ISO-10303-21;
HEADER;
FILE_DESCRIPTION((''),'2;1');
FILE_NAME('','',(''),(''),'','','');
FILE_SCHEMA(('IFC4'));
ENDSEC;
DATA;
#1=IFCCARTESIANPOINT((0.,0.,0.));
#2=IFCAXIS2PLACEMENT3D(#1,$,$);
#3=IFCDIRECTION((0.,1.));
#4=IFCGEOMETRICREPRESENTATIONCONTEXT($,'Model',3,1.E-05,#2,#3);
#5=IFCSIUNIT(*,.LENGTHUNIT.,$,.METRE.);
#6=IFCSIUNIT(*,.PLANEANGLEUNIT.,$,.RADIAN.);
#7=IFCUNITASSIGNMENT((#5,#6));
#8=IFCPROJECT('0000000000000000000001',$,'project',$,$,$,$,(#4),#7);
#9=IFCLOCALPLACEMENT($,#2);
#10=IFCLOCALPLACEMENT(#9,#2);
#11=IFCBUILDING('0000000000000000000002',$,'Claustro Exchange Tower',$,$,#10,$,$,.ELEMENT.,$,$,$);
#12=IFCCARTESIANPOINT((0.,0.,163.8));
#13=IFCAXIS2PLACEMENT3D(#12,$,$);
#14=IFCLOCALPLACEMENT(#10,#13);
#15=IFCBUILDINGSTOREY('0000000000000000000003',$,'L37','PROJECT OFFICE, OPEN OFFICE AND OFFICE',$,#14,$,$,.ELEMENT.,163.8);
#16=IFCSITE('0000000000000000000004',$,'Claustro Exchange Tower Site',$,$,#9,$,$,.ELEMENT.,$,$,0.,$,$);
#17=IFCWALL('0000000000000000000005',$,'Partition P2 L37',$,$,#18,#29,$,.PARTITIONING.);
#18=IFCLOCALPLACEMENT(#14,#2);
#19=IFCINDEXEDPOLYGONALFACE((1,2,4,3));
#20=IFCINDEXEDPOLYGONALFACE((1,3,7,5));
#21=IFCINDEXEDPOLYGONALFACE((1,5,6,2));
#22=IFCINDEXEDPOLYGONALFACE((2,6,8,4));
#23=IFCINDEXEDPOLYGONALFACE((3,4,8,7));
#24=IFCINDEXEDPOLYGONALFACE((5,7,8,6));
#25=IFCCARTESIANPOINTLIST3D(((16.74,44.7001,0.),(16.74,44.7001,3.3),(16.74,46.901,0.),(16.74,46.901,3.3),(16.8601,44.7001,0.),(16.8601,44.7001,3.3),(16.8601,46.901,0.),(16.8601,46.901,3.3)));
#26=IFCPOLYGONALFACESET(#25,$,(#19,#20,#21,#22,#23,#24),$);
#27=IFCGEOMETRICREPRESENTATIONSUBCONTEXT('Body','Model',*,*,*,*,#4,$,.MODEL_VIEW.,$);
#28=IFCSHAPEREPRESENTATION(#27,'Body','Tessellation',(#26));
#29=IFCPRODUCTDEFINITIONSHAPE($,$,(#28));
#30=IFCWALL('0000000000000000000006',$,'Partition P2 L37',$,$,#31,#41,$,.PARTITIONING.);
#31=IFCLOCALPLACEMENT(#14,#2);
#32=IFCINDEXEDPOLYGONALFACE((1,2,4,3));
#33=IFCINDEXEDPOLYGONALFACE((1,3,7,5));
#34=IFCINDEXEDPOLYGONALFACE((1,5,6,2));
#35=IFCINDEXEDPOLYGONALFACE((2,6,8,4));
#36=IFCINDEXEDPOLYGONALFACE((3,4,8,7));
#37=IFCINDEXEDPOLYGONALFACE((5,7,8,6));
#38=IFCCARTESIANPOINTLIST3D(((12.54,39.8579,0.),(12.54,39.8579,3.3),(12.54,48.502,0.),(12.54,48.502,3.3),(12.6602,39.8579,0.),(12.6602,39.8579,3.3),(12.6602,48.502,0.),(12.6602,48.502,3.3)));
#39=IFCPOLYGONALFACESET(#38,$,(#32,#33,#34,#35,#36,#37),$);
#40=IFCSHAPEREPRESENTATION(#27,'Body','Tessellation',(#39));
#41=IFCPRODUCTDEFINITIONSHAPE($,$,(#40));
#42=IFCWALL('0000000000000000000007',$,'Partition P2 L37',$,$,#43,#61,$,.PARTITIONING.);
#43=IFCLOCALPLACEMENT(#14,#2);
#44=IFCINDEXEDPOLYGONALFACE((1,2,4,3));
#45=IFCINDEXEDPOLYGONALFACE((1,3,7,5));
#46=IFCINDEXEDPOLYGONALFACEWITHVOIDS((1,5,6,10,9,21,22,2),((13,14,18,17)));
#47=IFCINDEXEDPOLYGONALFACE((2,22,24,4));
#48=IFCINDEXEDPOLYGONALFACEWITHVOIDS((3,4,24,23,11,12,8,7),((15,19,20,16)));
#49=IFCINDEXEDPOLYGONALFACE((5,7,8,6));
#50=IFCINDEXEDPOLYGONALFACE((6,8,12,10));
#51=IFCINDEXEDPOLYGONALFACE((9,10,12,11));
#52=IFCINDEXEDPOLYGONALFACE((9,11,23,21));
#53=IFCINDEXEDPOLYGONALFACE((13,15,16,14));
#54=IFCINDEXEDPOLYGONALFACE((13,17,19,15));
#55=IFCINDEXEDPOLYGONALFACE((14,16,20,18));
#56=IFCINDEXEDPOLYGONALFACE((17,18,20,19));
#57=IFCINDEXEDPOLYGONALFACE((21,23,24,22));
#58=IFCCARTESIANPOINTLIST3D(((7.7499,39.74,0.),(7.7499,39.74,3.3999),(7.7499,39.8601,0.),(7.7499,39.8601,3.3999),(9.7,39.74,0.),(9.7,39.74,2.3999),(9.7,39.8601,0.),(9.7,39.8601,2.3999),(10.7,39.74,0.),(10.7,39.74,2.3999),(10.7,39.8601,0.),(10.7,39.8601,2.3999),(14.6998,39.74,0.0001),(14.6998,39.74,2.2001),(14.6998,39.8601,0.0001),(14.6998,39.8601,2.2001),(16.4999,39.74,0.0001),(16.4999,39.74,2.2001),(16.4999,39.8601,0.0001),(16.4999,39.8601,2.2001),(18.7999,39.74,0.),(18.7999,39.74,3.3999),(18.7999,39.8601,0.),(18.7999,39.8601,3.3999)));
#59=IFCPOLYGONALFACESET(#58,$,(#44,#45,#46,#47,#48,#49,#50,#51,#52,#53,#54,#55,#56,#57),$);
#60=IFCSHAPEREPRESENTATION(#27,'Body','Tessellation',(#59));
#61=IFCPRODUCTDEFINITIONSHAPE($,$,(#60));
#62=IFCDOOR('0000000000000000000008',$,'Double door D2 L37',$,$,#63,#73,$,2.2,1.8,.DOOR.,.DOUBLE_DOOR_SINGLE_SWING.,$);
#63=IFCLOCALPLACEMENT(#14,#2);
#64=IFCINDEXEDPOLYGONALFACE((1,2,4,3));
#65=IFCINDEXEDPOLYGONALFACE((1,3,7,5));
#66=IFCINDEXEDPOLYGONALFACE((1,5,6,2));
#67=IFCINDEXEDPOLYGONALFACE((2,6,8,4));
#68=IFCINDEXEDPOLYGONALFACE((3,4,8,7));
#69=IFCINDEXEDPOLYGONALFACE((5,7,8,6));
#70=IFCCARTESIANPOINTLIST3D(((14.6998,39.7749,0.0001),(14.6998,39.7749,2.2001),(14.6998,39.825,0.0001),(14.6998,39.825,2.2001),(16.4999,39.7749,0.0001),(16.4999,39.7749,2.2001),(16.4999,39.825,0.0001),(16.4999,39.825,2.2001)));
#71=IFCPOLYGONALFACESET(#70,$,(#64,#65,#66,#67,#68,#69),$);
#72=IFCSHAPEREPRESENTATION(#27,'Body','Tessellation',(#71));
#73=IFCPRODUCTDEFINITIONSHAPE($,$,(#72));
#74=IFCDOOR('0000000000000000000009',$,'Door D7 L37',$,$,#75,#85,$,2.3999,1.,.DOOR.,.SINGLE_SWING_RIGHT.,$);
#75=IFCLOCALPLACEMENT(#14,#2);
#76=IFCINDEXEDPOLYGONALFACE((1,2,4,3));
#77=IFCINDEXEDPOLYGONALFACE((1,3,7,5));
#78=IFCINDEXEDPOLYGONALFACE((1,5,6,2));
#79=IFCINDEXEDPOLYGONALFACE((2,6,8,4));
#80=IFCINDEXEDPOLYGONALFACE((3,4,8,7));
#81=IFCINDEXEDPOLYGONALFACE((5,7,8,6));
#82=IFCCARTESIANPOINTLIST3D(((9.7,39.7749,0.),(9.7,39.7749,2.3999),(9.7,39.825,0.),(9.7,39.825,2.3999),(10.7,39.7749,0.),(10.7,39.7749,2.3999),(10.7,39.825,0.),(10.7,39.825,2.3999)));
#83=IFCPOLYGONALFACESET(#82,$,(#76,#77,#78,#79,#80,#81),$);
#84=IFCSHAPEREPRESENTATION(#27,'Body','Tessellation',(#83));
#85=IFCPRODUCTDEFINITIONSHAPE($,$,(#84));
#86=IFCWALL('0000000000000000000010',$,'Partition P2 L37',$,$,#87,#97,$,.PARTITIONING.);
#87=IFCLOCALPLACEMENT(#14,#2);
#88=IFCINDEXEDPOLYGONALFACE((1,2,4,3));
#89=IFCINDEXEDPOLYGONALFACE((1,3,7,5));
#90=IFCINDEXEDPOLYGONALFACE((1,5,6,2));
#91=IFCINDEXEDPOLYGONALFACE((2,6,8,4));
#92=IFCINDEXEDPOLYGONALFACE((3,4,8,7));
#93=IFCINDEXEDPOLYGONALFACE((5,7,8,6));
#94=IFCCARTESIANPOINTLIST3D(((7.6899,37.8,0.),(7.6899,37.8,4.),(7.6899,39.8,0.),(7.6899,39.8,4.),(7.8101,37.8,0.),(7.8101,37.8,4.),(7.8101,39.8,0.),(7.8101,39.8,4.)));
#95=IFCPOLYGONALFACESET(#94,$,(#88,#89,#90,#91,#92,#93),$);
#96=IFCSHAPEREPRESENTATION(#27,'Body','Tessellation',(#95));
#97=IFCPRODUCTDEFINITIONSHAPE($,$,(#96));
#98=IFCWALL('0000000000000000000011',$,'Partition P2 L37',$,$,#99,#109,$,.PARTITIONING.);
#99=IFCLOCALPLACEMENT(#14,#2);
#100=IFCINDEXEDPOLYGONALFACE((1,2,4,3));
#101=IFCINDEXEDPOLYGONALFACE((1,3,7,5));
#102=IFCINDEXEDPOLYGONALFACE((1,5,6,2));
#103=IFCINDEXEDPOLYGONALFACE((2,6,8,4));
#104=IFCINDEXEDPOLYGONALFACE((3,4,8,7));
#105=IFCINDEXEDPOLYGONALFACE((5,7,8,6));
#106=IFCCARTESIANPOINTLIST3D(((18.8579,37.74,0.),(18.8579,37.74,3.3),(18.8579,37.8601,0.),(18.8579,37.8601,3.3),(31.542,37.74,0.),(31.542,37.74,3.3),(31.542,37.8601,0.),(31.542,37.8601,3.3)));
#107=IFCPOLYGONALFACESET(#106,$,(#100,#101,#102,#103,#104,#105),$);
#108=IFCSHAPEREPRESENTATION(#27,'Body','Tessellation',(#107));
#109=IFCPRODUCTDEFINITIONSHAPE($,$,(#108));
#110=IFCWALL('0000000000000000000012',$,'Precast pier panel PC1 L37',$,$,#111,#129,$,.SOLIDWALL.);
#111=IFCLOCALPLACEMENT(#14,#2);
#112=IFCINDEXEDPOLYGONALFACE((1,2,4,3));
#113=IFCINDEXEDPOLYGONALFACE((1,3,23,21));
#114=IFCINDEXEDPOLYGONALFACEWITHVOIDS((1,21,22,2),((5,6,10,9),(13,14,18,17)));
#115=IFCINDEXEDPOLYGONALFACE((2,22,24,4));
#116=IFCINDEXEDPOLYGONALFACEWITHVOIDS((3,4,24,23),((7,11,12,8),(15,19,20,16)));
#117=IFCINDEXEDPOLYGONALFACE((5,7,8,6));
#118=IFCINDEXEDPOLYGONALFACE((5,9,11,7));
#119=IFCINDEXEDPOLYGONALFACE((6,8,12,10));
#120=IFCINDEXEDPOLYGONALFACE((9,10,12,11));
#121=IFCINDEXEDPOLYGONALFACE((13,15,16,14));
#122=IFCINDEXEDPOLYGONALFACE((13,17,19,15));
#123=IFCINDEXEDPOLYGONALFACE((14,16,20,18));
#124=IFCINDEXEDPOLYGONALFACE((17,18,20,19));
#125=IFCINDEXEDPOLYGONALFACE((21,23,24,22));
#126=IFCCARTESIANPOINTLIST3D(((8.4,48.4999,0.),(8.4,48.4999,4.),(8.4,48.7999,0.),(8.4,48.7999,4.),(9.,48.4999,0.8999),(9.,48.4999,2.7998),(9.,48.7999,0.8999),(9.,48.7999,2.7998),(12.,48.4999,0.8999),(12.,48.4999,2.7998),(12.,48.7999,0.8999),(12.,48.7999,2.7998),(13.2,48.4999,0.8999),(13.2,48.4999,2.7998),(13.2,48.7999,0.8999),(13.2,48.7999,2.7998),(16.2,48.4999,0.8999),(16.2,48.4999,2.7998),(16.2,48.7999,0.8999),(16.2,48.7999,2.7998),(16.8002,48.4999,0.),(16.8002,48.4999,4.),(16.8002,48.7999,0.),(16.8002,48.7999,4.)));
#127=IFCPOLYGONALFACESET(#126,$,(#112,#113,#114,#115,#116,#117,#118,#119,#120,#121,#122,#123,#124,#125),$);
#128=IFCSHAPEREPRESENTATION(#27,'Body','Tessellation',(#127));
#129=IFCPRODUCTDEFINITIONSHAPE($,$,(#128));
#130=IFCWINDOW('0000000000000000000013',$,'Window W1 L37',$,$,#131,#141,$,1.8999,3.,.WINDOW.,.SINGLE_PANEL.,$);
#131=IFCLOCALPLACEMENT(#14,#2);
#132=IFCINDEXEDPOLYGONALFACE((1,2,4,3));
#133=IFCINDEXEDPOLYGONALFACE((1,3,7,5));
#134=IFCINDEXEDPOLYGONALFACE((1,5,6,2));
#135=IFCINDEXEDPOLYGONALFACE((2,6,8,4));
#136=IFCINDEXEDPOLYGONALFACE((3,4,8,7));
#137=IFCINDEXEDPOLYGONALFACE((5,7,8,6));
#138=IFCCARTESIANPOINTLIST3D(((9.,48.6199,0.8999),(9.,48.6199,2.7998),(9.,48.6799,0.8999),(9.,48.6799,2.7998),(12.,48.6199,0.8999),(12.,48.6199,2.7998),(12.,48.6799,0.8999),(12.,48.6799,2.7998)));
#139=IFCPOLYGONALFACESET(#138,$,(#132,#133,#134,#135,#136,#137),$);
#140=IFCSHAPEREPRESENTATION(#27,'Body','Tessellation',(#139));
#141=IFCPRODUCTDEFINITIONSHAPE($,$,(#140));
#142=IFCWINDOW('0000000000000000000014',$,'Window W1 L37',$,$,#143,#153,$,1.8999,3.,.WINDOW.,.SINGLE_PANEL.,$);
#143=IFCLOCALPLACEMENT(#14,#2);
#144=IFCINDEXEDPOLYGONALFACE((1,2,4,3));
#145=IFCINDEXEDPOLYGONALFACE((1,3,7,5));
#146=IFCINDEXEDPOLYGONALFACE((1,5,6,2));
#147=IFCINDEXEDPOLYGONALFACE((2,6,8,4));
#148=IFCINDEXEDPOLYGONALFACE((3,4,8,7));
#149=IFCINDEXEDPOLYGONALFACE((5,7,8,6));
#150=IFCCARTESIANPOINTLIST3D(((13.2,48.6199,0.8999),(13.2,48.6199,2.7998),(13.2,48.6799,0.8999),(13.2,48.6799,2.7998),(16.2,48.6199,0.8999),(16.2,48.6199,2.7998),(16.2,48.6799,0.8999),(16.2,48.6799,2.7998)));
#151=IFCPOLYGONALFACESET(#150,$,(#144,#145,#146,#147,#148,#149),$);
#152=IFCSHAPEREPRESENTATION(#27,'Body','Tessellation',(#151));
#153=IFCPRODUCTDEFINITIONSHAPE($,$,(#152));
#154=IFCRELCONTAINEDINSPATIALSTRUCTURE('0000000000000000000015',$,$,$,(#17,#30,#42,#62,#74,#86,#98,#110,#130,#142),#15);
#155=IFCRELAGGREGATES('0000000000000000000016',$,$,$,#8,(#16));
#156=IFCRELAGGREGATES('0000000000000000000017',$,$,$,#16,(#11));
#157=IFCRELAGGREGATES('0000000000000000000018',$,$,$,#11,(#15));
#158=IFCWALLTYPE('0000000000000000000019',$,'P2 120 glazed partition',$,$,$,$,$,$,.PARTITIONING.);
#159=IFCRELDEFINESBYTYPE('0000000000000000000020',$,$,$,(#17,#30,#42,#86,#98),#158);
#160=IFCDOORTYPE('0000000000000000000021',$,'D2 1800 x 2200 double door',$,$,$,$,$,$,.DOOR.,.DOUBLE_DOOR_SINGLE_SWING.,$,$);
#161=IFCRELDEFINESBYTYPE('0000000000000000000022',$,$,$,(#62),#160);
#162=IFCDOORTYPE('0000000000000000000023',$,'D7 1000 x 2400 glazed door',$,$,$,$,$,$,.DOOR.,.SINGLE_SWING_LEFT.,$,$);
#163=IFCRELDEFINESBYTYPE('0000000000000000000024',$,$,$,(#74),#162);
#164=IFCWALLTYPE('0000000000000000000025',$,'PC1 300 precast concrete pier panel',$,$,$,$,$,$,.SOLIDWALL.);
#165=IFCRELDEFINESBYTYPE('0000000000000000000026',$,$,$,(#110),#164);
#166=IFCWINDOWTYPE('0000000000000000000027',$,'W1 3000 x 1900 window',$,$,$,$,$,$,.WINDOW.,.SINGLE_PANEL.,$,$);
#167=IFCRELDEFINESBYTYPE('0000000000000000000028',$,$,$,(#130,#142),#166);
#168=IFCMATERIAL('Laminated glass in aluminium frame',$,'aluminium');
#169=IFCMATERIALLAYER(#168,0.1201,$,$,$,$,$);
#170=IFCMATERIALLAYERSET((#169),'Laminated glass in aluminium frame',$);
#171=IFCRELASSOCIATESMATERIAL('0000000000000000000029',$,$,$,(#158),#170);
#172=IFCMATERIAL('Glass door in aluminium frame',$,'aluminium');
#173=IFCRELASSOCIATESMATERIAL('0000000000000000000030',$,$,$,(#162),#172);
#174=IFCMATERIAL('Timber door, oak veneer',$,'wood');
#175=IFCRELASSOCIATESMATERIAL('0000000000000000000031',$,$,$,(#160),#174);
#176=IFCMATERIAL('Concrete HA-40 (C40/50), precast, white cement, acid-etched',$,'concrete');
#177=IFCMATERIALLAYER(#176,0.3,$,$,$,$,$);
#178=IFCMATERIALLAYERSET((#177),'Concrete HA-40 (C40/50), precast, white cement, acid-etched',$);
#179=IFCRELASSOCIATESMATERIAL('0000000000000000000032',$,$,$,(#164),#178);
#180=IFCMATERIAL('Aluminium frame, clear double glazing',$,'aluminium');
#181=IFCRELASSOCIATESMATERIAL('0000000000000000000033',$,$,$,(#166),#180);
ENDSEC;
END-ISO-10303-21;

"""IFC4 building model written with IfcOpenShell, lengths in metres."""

from ifc_helpers import new_model, si_unit, direction, frame, frame_2d, origin, place, context, subcontext, project, spatial, rectangle, extrude, material, layer, layer_set, type_object, element, fill, save


model = new_model("IFC4")

# Units and contexts
model_context = context("Model", 3, precision=1e-05, world=origin(), true_north=direction((0.0, 1.0)))
body_context = subcontext(model_context, "Body", "Model", "MODEL_VIEW")
ifc_project = project(units=[si_unit("LENGTHUNIT", "METRE"), si_unit("PLANEANGLEUNIT", "RADIAN")], contexts=[model_context])

# Site, building, storey
site_placement = place(None, origin())
site = spatial("IfcSite", under=ifc_project, at=site_placement, Name="Claustro Exchange Tower Site", CompositionType="ELEMENT", RefElevation=0.0)
building_placement = place(site_placement, origin())
building = spatial("IfcBuilding", under=site, at=building_placement, Name="Claustro Exchange Tower", CompositionType="ELEMENT")
storey_placement = place(building_placement, frame((0.0, 0.0, 163.8)))
storey = spatial("IfcBuildingStorey", under=building, at=storey_placement, Name="L37", Description="PROJECT OFFICE, OPEN OFFICE AND OFFICE", CompositionType="ELEMENT", Elevation=163.8)

# Shared definitions
ifc_material_1 = material(Name="Laminated glass in aluminium frame", Category="aluminium")
ifc_layer_1 = layer(ifc_material_1, 0.1201)
ifc_layer_set_1 = layer_set([ifc_layer_1], Name="Laminated glass in aluminium frame")
wall_type_1 = type_object("IfcWallType", Name="P2 120 glazed partition", PredefinedType="PARTITIONING", material=ifc_layer_set_1)
ifc_material_2 = material(Name="Glass door in aluminium frame", Category="aluminium")
door_type_1 = type_object("IfcDoorType", Name="D7 1000 x 2400 glazed door", OperationType="SINGLE_SWING_LEFT", PredefinedType="DOOR", material=ifc_material_2)

# Walls
wall_1_placement = place(storey_placement, frame((16.8, 44.7, 0.0), z_axis=(0.0, 0.0, 1.0), x_axis=(0.0, 1.0, 0.0)))
element("IfcWall", 1, at=wall_1_placement, inside=storey, type_object=wall_type_1, Name="Partition P2 L37", PredefinedType="PARTITIONING", context=body_context, shape_type="SweptSolid", body=[
    extrude(rectangle(XDim=2.2009, YDim=0.1201, at=frame_2d((1.1006, 0.0))), origin(), (0.0, 0.0, 1.0), 3.3),
])
wall_2_placement = place(storey_placement, frame((12.6001, 39.8579, 0.0), z_axis=(0.0, 0.0, 1.0), x_axis=(0.0, 1.0, 0.0)))
element("IfcWall", 2, at=wall_2_placement, inside=storey, type_object=wall_type_1, Name="Partition P2 L37", PredefinedType="PARTITIONING", context=body_context, shape_type="SweptSolid", body=[
    extrude(rectangle(XDim=8.644, YDim=0.1201, at=frame_2d((4.322, 0.0))), origin(), (0.0, 0.0, 1.0), 3.3),
])

# Wall, openings, doors
wall_3_placement = place(storey_placement, frame((7.75, 39.8, 0.0), z_axis=(0.0, 0.0, 1.0), x_axis=(1.0, 0.0, 0.0)))
wall_3 = element("IfcWall", 3, at=wall_3_placement, inside=storey, type_object=wall_type_1, Name="Partition P2 L37", PredefinedType="PARTITIONING", context=body_context, shape_type="SweptSolid", body=[
    extrude(rectangle(XDim=11.05, YDim=0.1201, at=frame_2d((5.5249, 0.0))), origin(), (0.0, 0.0, 1.0), 3.3999),
])
opening_1_placement = place(wall_3_placement, frame((1.95, 0.0, 0.0)))
opening_1 = element("IfcOpeningElement", 4, at=opening_1_placement, cuts=wall_3, PredefinedType="OPENING", context=body_context, shape_type="SweptSolid", body=[
    extrude(rectangle(XDim=1.0, YDim=2.3999, at=frame_2d((0.5, 1.2))), frame((0.0, 0.0701, 0.0), z_axis=(0.0, -1.0, 0.0), x_axis=(1.0, 0.0, 0.0)), (0.0, 0.0, 1.0), 0.1401),
])
opening_2_placement = place(wall_3_placement, frame((6.95, 0.0, 0.0)))
opening_2 = element("IfcOpeningElement", 5, at=opening_2_placement, cuts=wall_3, PredefinedType="OPENING", context=body_context, shape_type="SweptSolid", body=[
    extrude(rectangle(XDim=1.8, YDim=2.2, at=frame_2d((0.8999, 1.1001))), frame((0.0, 0.0701, 0.0), z_axis=(0.0, -1.0, 0.0), x_axis=(1.0, 0.0, 0.0)), (0.0, 0.0, 1.0), 0.1401),
])
ifc_material_3 = material(Name="Timber door, oak veneer", Category="wood")
door_type_2 = type_object("IfcDoorType", Name="D2 1800 x 2200 double door", OperationType="DOUBLE_DOOR_SINGLE_SWING", PredefinedType="DOOR", material=ifc_material_3)
door_1_placement = place(opening_2_placement, origin())
door_1 = element("IfcDoor", 6, at=door_1_placement, inside=storey, type_object=door_type_2, Name="Double door D2 L37", OperationType="DOUBLE_DOOR_SINGLE_SWING", OverallHeight=2.2, OverallWidth=1.8, PredefinedType="DOOR", context=body_context, shape_type="SweptSolid", body=[
    extrude(rectangle(XDim=1.8, YDim=2.2, at=frame_2d((0.8999, 1.1001))), frame((0.0, 0.0249, 0.0), z_axis=(0.0, -1.0, 0.0), x_axis=(1.0, 0.0, 0.0)), (0.0, 0.0, 1.0), 0.05),
])
fill(opening_2, door_1)
door_2_placement = place(opening_1_placement, origin())
door_2 = element("IfcDoor", 7, at=door_2_placement, inside=storey, type_object=door_type_1, Name="Door D7 L37", OperationType="SINGLE_SWING_RIGHT", OverallHeight=2.3999, OverallWidth=1.0, PredefinedType="DOOR", context=body_context, shape_type="SweptSolid", body=[
    extrude(rectangle(XDim=1.0, YDim=2.3999, at=frame_2d((0.5, 1.2))), frame((0.0, 0.0249, 0.0), z_axis=(0.0, -1.0, 0.0), x_axis=(1.0, 0.0, 0.0)), (0.0, 0.0, 1.0), 0.05),
])
fill(opening_1, door_2)

# Walls
wall_4_placement = place(storey_placement, frame((7.75, 37.8, 0.0), z_axis=(0.0, 0.0, 1.0), x_axis=(0.0, 1.0, 0.0)))
element("IfcWall", 8, at=wall_4_placement, inside=storey, type_object=wall_type_1, Name="Partition P2 L37", PredefinedType="PARTITIONING", context=body_context, shape_type="SweptSolid", body=[
    extrude(rectangle(XDim=2.0, YDim=0.1201, at=frame_2d((1.0, 0.0))), origin(), (0.0, 0.0, 1.0), 4.0),
])
wall_5_placement = place(storey_placement, frame((18.8579, 37.8, 0.0), z_axis=(0.0, 0.0, 1.0), x_axis=(1.0, 0.0, 0.0)))
element("IfcWall", 9, at=wall_5_placement, inside=storey, type_object=wall_type_1, Name="Partition P2 L37", PredefinedType="PARTITIONING", context=body_context, shape_type="SweptSolid", body=[
    extrude(rectangle(XDim=12.6841, YDim=0.1201, at=frame_2d((6.342, 0.0))), origin(), (0.0, 0.0, 1.0), 3.3),
])

# Wall, openings, windows
ifc_material_4 = material(Name="Concrete HA-40 (C40/50), precast, white cement, acid-etched", Category="concrete")
ifc_layer_2 = layer(ifc_material_4, 0.3)
ifc_layer_set_2 = layer_set([ifc_layer_2], Name="Concrete HA-40 (C40/50), precast, white cement, acid-etched")
wall_type_2 = type_object("IfcWallType", Name="PC1 300 precast concrete pier panel", PredefinedType="SOLIDWALL", material=ifc_layer_set_2)
wall_6_placement = place(storey_placement, frame((8.3999, 48.6499, 0.0), z_axis=(0.0, 0.0, 1.0), x_axis=(1.0, 0.0, 0.0)))
wall_6 = element("IfcWall", 10, at=wall_6_placement, inside=storey, type_object=wall_type_2, Name="Precast pier panel PC1 L37", PredefinedType="SOLIDWALL", context=body_context, shape_type="SweptSolid", body=[
    extrude(rectangle(XDim=8.4001, YDim=0.3, at=frame_2d((4.2002, 0.0))), origin(), (0.0, 0.0, 1.0), 4.0),
])
opening_3_placement = place(wall_6_placement, frame((0.6001, 0.0, 0.8999)))
opening_3 = element("IfcOpeningElement", 11, at=opening_3_placement, cuts=wall_6, PredefinedType="OPENING", context=body_context, shape_type="SweptSolid", body=[
    extrude(rectangle(XDim=3.0, YDim=1.8999, at=frame_2d((1.5, 0.95))), frame((0.0, 0.1599, 0.0), z_axis=(0.0, -1.0, 0.0), x_axis=(1.0, 0.0, 0.0)), (0.0, 0.0, 1.0), 0.3201),
])
opening_4_placement = place(wall_6_placement, frame((4.8, 0.0, 0.8999)))
opening_4 = element("IfcOpeningElement", 12, at=opening_4_placement, cuts=wall_6, PredefinedType="OPENING", context=body_context, shape_type="SweptSolid", body=[
    extrude(rectangle(XDim=3.0, YDim=1.8999, at=frame_2d((1.5, 0.95))), frame((0.0, 0.1599, 0.0), z_axis=(0.0, -1.0, 0.0), x_axis=(1.0, 0.0, 0.0)), (0.0, 0.0, 1.0), 0.3201),
])
ifc_material_5 = material(Name="Aluminium frame, clear double glazing", Category="aluminium")
window_type = type_object("IfcWindowType", Name="W1 3000 x 1900 window", PartitioningType="SINGLE_PANEL", PredefinedType="WINDOW", material=ifc_material_5)
window_1_placement = place(opening_3_placement, origin())
window_1 = element("IfcWindow", 13, at=window_1_placement, inside=storey, type_object=window_type, Name="Window W1 L37", OverallHeight=1.8999, OverallWidth=3.0, PartitioningType="SINGLE_PANEL", PredefinedType="WINDOW", context=body_context, shape_type="SweptSolid", body=[
    extrude(rectangle(XDim=3.0, YDim=1.8999, at=frame_2d((1.5, 0.95))), frame((0.0, 0.03, 0.0), z_axis=(0.0, -1.0, 0.0), x_axis=(1.0, 0.0, 0.0)), (0.0, 0.0, 1.0), 0.0601),
])
fill(opening_3, window_1)
window_2_placement = place(opening_4_placement, origin())
window_2 = element("IfcWindow", 14, at=window_2_placement, inside=storey, type_object=window_type, Name="Window W1 L37", OverallHeight=1.8999, OverallWidth=3.0, PartitioningType="SINGLE_PANEL", PredefinedType="WINDOW", context=body_context, shape_type="SweptSolid", body=[
    extrude(rectangle(XDim=3.0, YDim=1.8999, at=frame_2d((1.5, 0.95))), frame((0.0, 0.03, 0.0), z_axis=(0.0, -1.0, 0.0), x_axis=(1.0, 0.0, 0.0)), (0.0, 0.0, 1.0), 0.0601),
])
fill(opening_4, window_2)

save(model, "model.ifc")
